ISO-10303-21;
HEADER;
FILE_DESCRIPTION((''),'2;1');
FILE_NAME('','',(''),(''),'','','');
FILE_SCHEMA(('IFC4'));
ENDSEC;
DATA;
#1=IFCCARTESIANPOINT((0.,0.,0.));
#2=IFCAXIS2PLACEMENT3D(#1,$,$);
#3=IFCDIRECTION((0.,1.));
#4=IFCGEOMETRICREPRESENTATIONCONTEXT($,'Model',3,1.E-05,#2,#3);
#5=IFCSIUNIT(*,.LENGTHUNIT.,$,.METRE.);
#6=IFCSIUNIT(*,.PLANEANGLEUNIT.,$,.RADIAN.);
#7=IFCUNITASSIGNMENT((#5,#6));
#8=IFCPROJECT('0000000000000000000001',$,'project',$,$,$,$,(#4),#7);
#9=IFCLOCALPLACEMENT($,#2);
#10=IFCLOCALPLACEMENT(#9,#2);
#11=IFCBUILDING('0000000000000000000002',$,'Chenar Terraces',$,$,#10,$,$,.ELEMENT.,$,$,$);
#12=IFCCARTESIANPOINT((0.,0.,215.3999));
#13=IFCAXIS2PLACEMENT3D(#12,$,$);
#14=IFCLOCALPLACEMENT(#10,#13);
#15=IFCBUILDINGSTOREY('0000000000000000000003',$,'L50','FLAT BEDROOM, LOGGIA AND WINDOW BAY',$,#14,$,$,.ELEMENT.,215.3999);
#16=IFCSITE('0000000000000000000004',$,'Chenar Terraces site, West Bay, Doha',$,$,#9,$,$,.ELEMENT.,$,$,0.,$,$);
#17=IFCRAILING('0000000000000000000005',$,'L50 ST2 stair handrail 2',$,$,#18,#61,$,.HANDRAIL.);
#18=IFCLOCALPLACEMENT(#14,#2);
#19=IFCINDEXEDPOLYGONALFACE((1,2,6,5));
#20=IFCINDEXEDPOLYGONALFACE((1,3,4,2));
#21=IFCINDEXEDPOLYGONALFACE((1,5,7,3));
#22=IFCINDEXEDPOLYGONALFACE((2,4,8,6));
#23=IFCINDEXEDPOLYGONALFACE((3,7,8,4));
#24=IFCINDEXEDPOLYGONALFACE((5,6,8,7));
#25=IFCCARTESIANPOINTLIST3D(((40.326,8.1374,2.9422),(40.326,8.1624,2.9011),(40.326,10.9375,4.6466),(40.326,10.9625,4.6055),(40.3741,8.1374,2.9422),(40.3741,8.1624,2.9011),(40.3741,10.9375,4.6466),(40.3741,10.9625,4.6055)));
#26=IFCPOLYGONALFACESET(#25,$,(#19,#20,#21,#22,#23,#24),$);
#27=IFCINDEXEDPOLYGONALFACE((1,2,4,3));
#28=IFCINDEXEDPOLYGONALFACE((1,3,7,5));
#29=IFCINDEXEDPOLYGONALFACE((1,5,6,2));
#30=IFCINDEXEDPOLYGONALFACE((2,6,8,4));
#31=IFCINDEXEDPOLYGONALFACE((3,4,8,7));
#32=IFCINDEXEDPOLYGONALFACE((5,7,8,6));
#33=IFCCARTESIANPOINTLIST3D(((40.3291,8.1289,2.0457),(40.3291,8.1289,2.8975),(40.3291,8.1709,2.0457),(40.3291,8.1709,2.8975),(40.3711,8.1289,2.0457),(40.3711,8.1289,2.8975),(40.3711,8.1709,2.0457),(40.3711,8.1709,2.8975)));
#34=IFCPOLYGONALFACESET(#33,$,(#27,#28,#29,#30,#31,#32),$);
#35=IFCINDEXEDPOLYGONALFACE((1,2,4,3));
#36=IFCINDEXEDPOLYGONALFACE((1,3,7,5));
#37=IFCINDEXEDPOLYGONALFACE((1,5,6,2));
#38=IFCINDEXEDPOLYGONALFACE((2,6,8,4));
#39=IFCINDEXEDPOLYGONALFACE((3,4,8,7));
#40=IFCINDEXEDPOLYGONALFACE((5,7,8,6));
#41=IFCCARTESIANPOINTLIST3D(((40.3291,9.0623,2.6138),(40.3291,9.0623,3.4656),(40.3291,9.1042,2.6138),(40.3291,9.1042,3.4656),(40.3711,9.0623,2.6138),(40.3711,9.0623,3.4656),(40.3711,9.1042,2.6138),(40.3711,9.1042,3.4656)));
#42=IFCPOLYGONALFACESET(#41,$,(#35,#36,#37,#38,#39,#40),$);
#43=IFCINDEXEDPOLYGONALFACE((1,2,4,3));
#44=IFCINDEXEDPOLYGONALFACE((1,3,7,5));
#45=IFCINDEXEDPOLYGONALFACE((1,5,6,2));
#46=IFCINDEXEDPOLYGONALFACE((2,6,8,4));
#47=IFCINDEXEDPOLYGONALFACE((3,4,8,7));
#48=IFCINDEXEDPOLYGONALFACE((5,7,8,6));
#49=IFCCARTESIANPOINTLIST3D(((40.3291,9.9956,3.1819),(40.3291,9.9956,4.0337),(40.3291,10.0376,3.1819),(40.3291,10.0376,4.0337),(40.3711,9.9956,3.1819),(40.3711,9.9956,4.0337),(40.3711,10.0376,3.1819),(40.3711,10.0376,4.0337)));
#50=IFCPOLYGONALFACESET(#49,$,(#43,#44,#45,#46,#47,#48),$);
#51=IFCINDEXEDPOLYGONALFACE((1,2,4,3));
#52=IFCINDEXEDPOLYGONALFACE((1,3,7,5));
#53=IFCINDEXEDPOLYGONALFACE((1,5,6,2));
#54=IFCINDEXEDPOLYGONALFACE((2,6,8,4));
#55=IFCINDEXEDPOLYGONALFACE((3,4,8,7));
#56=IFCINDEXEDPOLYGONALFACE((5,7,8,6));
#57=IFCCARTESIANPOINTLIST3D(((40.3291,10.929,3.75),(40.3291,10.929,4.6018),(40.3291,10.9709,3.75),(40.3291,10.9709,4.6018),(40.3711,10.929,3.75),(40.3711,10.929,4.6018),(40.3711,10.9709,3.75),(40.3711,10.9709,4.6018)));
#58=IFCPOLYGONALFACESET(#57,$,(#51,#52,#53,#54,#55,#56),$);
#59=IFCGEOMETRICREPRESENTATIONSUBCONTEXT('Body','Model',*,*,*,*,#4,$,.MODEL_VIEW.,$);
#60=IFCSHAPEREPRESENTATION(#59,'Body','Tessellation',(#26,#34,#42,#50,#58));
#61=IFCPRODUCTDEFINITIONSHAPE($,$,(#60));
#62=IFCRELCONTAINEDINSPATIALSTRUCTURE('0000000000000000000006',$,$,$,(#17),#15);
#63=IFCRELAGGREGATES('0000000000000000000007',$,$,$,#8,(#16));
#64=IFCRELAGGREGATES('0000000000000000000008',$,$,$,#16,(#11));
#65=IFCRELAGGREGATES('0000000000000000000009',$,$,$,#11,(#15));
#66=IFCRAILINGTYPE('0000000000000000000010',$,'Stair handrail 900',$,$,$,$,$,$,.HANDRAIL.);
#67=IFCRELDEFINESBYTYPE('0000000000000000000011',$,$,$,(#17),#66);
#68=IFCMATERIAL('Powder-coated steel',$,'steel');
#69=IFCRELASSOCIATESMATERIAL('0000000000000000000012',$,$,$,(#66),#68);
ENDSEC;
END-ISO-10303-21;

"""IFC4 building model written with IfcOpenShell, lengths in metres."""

from ifc_helpers import new_model, si_unit, direction, frame, origin, origin_2d, place, context, subcontext, project, spatial, rectangle, extrude, material, type_object, element, save


model = new_model("IFC4")

# Units and contexts
model_context = context("Model", 3, precision=1e-05, world=origin(), true_north=direction((0.0, 1.0)))
body_context = subcontext(model_context, "Body", "Model", "MODEL_VIEW")
ifc_project = project(units=[si_unit("LENGTHUNIT", "METRE"), si_unit("PLANEANGLEUNIT", "RADIAN")], contexts=[model_context])

# Site, building, storey
site_placement = place(None, origin())
site = spatial("IfcSite", under=ifc_project, at=site_placement, Name="Chenar Terraces site, West Bay, Doha", CompositionType="ELEMENT", RefElevation=0.0)
building_placement = place(site_placement, origin())
building = spatial("IfcBuilding", under=site, at=building_placement, Name="Chenar Terraces", CompositionType="ELEMENT")
storey_placement = place(building_placement, frame((0.0, 0.0, 215.3999)))
storey = spatial("IfcBuildingStorey", under=building, at=storey_placement, Name="L50", Description="FLAT BEDROOM, LOGGIA AND WINDOW BAY", CompositionType="ELEMENT", Elevation=215.3999)

# Railing
ifc_material_1 = material(Name="Powder-coated steel", Category="steel")
railing_type_1 = type_object("IfcRailingType", Name="Stair handrail 900", PredefinedType="HANDRAIL", material=ifc_material_1)
railing_1_placement = place(storey_placement, frame((40.3501, 8.1499, 2.0457)))
element("IfcRailing", 1, at=railing_1_placement, inside=storey, type_object=railing_type_1, Name="L50 ST2 stair handrail 2", PredefinedType="HANDRAIL", context=body_context, shape_type="SweptSolid", body=[
    extrude(rectangle(XDim=0.0481, YDim=0.0481, at=origin_2d()), frame((0.0, 0.0, 0.876), z_axis=(0.0, 0.854203, 0.51994), x_axis=(-1.0, 0.0, 0.0)), (0.0, 0.0, 1.0), 3.2781),
    extrude(rectangle(XDim=0.042, YDim=0.042, at=origin_2d()), origin(), (0.0, 0.0, 1.0), 0.8518),
    extrude(rectangle(XDim=0.042, YDim=0.042, at=origin_2d()), frame((0.0, 0.9333, 0.5681)), (0.0, 0.0, 1.0), 0.8518),
    extrude(rectangle(XDim=0.042, YDim=0.042, at=origin_2d()), frame((0.0, 1.8667, 1.1362)), (0.0, 0.0, 1.0), 0.8518),
    extrude(rectangle(XDim=0.042, YDim=0.042, at=origin_2d()), frame((0.0, 2.8, 1.7043)), (0.0, 0.0, 1.0), 0.8518),
])

save(model, "model.ifc")
